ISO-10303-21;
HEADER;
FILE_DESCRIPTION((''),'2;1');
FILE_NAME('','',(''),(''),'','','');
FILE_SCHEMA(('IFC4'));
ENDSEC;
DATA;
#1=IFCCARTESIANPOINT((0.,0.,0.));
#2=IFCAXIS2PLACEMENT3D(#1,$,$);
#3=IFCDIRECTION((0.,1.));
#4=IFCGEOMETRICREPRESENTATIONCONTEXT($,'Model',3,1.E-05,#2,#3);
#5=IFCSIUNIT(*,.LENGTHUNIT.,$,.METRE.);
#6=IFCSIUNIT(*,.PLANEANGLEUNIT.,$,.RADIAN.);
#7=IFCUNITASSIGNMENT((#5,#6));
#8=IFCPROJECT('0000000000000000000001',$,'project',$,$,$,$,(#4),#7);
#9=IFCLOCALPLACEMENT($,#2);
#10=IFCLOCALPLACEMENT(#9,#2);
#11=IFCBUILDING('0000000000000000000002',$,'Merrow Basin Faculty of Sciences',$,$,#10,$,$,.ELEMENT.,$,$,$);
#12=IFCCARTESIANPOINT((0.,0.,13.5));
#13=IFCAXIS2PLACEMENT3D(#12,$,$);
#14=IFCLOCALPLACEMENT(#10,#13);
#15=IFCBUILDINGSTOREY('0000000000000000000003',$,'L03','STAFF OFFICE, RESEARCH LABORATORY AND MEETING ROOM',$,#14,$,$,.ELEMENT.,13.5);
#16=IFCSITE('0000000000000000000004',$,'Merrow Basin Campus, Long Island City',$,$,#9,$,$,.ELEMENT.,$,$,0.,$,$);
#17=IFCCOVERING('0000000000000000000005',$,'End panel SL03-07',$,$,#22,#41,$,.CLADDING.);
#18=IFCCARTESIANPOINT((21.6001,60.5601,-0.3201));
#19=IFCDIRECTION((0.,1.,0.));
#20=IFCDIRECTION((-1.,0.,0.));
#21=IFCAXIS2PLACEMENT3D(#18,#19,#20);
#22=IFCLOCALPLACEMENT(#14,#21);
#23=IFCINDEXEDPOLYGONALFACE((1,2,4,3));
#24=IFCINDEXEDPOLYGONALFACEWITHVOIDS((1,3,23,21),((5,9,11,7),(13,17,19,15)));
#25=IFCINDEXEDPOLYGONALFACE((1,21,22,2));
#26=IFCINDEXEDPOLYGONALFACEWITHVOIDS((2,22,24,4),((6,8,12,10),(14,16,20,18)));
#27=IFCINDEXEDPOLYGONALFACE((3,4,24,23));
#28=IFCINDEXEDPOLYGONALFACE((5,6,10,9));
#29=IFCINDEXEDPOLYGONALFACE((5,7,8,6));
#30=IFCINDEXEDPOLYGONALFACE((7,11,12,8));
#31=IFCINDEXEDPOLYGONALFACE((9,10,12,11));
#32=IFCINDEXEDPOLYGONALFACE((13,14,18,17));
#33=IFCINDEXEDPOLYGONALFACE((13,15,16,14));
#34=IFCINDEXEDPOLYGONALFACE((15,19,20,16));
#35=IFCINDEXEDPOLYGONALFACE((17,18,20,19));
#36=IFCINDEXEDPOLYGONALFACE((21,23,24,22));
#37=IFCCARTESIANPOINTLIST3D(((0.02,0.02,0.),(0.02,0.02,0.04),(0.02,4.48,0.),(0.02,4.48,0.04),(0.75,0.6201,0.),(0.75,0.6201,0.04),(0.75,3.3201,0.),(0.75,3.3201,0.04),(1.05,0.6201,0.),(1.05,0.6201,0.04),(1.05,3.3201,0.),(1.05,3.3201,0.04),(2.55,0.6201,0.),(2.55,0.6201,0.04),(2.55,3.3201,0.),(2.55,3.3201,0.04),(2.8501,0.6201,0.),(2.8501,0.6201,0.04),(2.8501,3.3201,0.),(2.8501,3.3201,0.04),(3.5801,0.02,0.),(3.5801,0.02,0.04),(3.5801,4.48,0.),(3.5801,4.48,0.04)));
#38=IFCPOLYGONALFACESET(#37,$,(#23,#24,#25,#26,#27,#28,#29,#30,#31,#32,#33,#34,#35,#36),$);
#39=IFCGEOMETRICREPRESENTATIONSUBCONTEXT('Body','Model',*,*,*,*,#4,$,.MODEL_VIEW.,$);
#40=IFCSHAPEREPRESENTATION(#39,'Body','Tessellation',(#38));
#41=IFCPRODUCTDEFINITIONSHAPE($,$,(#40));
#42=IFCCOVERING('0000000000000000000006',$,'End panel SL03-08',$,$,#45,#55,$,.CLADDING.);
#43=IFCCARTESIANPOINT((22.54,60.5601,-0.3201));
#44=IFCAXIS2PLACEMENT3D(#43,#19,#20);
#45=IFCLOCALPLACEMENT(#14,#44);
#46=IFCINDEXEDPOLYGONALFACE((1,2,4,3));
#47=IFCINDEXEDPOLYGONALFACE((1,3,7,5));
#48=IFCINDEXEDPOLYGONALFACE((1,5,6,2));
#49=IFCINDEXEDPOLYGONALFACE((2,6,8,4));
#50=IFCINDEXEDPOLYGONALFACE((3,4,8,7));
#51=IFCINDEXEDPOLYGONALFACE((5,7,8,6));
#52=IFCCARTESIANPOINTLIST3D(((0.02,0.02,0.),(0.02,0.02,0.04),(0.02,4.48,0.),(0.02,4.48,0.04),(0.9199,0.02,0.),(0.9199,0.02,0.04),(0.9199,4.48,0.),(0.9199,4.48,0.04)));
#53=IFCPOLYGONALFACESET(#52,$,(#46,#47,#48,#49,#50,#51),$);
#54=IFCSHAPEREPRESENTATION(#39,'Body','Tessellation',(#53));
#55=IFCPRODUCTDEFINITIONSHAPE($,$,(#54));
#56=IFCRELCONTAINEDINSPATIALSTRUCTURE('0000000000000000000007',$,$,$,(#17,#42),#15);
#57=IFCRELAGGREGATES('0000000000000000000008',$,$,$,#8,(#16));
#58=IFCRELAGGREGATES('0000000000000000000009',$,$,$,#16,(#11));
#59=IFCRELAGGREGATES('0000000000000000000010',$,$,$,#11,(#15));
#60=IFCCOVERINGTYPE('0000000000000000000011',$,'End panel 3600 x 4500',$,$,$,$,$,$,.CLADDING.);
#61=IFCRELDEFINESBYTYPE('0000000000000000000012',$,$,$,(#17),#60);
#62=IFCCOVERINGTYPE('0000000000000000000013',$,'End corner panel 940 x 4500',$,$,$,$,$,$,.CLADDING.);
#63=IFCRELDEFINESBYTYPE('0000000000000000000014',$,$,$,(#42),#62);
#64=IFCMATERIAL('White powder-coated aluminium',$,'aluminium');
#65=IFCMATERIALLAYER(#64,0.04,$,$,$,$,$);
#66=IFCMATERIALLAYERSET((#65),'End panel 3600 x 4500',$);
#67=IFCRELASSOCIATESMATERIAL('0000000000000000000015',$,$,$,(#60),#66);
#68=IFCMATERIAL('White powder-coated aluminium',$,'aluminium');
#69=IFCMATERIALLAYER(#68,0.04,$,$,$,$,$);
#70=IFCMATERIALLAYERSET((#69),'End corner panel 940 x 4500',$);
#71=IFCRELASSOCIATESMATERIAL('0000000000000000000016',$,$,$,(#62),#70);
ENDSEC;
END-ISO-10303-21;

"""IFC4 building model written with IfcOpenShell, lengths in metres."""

from ifc_helpers import new_model, si_unit, direction, frame, origin, place, context, subcontext, project, spatial, polyline, outline, extrude, source, transform, mapped, material, layer, layer_set, type_object, element, save


model = new_model("IFC4")

# Units and contexts
model_context = context("Model", 3, precision=1e-05, world=origin(), true_north=direction((0.0, 1.0)))
body_context = subcontext(model_context, "Body", "Model", "MODEL_VIEW")
ifc_project = project(units=[si_unit("LENGTHUNIT", "METRE"), si_unit("PLANEANGLEUNIT", "RADIAN")], contexts=[model_context])

# Site, building, storey
site_placement = place(None, origin())
site = spatial("IfcSite", under=ifc_project, at=site_placement, Name="Merrow Basin Campus, Long Island City", CompositionType="ELEMENT", RefElevation=0.0)
building_placement = place(site_placement, origin())
building = spatial("IfcBuilding", under=site, at=building_placement, Name="Merrow Basin Faculty of Sciences", CompositionType="ELEMENT")
storey_placement = place(building_placement, frame((0.0, 0.0, 13.5)))
storey = spatial("IfcBuildingStorey", under=building, at=storey_placement, Name="L03", Description="STAFF OFFICE, RESEARCH LABORATORY AND MEETING ROOM", CompositionType="ELEMENT", Elevation=13.5)

# Coverings
ifc_material_1 = material(Name="White powder-coated aluminium", Category="aluminium")
ifc_layer_1 = layer(ifc_material_1, 0.04)
ifc_layer_set_1 = layer_set([ifc_layer_1], Name="End panel 3600 x 4500")
covering_type_1 = type_object("IfcCoveringType", Name="End panel 3600 x 4500", PredefinedType="CLADDING", material=ifc_layer_set_1)
shared_shape_1 = source(origin(), body_context, "Body", "SweptSolid", [
    extrude(outline(polyline([(0.02, 0.02), (3.5801, 0.02), (3.5801, 4.48), (0.02, 4.48), (0.02, 0.02)]), holes=[polyline([(2.55, 0.6201), (2.8501, 0.6201), (2.8501, 3.3201), (2.55, 3.3201), (2.55, 0.6201)]), polyline([(0.75, 0.6201), (1.05, 0.6201), (1.05, 3.3201), (0.75, 3.3201), (0.75, 0.6201)])]), origin(), (0.0, 0.0, 1.0), 0.04),
])
covering_1_placement = place(storey_placement, frame((21.6001, 60.5601, -0.3201), z_axis=(0.0, 1.0, 0.0), x_axis=(-1.0, 0.0, 0.0)))
element("IfcCovering", 1, at=covering_1_placement, inside=storey, type_object=covering_type_1, Name="End panel SL03-07", PredefinedType="CLADDING", context=body_context, shape_type="MappedRepresentation", body=[
    mapped(shared_shape_1, transform((0.0, 0.0, 0.0), scale=1.0)),
])
ifc_material_2 = material(Name="White powder-coated aluminium", Category="aluminium")
ifc_layer_2 = layer(ifc_material_2, 0.04)
ifc_layer_set_2 = layer_set([ifc_layer_2], Name="End corner panel 940 x 4500")
covering_type_2 = type_object("IfcCoveringType", Name="End corner panel 940 x 4500", PredefinedType="CLADDING", material=ifc_layer_set_2)
shared_shape_2 = source(origin(), body_context, "Body", "SweptSolid", [
    extrude(outline(polyline([(0.02, 0.02), (0.9199, 0.02), (0.9199, 4.48), (0.02, 4.48), (0.02, 0.02)])), origin(), (0.0, 0.0, 1.0), 0.04),
])
covering_2_placement = place(storey_placement, frame((22.54, 60.5601, -0.3201), z_axis=(0.0, 1.0, 0.0), x_axis=(-1.0, 0.0, 0.0)))
element("IfcCovering", 2, at=covering_2_placement, inside=storey, type_object=covering_type_2, Name="End panel SL03-08", PredefinedType="CLADDING", context=body_context, shape_type="MappedRepresentation", body=[
    mapped(shared_shape_2, transform((0.0, 0.0, 0.0), scale=1.0)),
])

save(model, "model.ifc")
